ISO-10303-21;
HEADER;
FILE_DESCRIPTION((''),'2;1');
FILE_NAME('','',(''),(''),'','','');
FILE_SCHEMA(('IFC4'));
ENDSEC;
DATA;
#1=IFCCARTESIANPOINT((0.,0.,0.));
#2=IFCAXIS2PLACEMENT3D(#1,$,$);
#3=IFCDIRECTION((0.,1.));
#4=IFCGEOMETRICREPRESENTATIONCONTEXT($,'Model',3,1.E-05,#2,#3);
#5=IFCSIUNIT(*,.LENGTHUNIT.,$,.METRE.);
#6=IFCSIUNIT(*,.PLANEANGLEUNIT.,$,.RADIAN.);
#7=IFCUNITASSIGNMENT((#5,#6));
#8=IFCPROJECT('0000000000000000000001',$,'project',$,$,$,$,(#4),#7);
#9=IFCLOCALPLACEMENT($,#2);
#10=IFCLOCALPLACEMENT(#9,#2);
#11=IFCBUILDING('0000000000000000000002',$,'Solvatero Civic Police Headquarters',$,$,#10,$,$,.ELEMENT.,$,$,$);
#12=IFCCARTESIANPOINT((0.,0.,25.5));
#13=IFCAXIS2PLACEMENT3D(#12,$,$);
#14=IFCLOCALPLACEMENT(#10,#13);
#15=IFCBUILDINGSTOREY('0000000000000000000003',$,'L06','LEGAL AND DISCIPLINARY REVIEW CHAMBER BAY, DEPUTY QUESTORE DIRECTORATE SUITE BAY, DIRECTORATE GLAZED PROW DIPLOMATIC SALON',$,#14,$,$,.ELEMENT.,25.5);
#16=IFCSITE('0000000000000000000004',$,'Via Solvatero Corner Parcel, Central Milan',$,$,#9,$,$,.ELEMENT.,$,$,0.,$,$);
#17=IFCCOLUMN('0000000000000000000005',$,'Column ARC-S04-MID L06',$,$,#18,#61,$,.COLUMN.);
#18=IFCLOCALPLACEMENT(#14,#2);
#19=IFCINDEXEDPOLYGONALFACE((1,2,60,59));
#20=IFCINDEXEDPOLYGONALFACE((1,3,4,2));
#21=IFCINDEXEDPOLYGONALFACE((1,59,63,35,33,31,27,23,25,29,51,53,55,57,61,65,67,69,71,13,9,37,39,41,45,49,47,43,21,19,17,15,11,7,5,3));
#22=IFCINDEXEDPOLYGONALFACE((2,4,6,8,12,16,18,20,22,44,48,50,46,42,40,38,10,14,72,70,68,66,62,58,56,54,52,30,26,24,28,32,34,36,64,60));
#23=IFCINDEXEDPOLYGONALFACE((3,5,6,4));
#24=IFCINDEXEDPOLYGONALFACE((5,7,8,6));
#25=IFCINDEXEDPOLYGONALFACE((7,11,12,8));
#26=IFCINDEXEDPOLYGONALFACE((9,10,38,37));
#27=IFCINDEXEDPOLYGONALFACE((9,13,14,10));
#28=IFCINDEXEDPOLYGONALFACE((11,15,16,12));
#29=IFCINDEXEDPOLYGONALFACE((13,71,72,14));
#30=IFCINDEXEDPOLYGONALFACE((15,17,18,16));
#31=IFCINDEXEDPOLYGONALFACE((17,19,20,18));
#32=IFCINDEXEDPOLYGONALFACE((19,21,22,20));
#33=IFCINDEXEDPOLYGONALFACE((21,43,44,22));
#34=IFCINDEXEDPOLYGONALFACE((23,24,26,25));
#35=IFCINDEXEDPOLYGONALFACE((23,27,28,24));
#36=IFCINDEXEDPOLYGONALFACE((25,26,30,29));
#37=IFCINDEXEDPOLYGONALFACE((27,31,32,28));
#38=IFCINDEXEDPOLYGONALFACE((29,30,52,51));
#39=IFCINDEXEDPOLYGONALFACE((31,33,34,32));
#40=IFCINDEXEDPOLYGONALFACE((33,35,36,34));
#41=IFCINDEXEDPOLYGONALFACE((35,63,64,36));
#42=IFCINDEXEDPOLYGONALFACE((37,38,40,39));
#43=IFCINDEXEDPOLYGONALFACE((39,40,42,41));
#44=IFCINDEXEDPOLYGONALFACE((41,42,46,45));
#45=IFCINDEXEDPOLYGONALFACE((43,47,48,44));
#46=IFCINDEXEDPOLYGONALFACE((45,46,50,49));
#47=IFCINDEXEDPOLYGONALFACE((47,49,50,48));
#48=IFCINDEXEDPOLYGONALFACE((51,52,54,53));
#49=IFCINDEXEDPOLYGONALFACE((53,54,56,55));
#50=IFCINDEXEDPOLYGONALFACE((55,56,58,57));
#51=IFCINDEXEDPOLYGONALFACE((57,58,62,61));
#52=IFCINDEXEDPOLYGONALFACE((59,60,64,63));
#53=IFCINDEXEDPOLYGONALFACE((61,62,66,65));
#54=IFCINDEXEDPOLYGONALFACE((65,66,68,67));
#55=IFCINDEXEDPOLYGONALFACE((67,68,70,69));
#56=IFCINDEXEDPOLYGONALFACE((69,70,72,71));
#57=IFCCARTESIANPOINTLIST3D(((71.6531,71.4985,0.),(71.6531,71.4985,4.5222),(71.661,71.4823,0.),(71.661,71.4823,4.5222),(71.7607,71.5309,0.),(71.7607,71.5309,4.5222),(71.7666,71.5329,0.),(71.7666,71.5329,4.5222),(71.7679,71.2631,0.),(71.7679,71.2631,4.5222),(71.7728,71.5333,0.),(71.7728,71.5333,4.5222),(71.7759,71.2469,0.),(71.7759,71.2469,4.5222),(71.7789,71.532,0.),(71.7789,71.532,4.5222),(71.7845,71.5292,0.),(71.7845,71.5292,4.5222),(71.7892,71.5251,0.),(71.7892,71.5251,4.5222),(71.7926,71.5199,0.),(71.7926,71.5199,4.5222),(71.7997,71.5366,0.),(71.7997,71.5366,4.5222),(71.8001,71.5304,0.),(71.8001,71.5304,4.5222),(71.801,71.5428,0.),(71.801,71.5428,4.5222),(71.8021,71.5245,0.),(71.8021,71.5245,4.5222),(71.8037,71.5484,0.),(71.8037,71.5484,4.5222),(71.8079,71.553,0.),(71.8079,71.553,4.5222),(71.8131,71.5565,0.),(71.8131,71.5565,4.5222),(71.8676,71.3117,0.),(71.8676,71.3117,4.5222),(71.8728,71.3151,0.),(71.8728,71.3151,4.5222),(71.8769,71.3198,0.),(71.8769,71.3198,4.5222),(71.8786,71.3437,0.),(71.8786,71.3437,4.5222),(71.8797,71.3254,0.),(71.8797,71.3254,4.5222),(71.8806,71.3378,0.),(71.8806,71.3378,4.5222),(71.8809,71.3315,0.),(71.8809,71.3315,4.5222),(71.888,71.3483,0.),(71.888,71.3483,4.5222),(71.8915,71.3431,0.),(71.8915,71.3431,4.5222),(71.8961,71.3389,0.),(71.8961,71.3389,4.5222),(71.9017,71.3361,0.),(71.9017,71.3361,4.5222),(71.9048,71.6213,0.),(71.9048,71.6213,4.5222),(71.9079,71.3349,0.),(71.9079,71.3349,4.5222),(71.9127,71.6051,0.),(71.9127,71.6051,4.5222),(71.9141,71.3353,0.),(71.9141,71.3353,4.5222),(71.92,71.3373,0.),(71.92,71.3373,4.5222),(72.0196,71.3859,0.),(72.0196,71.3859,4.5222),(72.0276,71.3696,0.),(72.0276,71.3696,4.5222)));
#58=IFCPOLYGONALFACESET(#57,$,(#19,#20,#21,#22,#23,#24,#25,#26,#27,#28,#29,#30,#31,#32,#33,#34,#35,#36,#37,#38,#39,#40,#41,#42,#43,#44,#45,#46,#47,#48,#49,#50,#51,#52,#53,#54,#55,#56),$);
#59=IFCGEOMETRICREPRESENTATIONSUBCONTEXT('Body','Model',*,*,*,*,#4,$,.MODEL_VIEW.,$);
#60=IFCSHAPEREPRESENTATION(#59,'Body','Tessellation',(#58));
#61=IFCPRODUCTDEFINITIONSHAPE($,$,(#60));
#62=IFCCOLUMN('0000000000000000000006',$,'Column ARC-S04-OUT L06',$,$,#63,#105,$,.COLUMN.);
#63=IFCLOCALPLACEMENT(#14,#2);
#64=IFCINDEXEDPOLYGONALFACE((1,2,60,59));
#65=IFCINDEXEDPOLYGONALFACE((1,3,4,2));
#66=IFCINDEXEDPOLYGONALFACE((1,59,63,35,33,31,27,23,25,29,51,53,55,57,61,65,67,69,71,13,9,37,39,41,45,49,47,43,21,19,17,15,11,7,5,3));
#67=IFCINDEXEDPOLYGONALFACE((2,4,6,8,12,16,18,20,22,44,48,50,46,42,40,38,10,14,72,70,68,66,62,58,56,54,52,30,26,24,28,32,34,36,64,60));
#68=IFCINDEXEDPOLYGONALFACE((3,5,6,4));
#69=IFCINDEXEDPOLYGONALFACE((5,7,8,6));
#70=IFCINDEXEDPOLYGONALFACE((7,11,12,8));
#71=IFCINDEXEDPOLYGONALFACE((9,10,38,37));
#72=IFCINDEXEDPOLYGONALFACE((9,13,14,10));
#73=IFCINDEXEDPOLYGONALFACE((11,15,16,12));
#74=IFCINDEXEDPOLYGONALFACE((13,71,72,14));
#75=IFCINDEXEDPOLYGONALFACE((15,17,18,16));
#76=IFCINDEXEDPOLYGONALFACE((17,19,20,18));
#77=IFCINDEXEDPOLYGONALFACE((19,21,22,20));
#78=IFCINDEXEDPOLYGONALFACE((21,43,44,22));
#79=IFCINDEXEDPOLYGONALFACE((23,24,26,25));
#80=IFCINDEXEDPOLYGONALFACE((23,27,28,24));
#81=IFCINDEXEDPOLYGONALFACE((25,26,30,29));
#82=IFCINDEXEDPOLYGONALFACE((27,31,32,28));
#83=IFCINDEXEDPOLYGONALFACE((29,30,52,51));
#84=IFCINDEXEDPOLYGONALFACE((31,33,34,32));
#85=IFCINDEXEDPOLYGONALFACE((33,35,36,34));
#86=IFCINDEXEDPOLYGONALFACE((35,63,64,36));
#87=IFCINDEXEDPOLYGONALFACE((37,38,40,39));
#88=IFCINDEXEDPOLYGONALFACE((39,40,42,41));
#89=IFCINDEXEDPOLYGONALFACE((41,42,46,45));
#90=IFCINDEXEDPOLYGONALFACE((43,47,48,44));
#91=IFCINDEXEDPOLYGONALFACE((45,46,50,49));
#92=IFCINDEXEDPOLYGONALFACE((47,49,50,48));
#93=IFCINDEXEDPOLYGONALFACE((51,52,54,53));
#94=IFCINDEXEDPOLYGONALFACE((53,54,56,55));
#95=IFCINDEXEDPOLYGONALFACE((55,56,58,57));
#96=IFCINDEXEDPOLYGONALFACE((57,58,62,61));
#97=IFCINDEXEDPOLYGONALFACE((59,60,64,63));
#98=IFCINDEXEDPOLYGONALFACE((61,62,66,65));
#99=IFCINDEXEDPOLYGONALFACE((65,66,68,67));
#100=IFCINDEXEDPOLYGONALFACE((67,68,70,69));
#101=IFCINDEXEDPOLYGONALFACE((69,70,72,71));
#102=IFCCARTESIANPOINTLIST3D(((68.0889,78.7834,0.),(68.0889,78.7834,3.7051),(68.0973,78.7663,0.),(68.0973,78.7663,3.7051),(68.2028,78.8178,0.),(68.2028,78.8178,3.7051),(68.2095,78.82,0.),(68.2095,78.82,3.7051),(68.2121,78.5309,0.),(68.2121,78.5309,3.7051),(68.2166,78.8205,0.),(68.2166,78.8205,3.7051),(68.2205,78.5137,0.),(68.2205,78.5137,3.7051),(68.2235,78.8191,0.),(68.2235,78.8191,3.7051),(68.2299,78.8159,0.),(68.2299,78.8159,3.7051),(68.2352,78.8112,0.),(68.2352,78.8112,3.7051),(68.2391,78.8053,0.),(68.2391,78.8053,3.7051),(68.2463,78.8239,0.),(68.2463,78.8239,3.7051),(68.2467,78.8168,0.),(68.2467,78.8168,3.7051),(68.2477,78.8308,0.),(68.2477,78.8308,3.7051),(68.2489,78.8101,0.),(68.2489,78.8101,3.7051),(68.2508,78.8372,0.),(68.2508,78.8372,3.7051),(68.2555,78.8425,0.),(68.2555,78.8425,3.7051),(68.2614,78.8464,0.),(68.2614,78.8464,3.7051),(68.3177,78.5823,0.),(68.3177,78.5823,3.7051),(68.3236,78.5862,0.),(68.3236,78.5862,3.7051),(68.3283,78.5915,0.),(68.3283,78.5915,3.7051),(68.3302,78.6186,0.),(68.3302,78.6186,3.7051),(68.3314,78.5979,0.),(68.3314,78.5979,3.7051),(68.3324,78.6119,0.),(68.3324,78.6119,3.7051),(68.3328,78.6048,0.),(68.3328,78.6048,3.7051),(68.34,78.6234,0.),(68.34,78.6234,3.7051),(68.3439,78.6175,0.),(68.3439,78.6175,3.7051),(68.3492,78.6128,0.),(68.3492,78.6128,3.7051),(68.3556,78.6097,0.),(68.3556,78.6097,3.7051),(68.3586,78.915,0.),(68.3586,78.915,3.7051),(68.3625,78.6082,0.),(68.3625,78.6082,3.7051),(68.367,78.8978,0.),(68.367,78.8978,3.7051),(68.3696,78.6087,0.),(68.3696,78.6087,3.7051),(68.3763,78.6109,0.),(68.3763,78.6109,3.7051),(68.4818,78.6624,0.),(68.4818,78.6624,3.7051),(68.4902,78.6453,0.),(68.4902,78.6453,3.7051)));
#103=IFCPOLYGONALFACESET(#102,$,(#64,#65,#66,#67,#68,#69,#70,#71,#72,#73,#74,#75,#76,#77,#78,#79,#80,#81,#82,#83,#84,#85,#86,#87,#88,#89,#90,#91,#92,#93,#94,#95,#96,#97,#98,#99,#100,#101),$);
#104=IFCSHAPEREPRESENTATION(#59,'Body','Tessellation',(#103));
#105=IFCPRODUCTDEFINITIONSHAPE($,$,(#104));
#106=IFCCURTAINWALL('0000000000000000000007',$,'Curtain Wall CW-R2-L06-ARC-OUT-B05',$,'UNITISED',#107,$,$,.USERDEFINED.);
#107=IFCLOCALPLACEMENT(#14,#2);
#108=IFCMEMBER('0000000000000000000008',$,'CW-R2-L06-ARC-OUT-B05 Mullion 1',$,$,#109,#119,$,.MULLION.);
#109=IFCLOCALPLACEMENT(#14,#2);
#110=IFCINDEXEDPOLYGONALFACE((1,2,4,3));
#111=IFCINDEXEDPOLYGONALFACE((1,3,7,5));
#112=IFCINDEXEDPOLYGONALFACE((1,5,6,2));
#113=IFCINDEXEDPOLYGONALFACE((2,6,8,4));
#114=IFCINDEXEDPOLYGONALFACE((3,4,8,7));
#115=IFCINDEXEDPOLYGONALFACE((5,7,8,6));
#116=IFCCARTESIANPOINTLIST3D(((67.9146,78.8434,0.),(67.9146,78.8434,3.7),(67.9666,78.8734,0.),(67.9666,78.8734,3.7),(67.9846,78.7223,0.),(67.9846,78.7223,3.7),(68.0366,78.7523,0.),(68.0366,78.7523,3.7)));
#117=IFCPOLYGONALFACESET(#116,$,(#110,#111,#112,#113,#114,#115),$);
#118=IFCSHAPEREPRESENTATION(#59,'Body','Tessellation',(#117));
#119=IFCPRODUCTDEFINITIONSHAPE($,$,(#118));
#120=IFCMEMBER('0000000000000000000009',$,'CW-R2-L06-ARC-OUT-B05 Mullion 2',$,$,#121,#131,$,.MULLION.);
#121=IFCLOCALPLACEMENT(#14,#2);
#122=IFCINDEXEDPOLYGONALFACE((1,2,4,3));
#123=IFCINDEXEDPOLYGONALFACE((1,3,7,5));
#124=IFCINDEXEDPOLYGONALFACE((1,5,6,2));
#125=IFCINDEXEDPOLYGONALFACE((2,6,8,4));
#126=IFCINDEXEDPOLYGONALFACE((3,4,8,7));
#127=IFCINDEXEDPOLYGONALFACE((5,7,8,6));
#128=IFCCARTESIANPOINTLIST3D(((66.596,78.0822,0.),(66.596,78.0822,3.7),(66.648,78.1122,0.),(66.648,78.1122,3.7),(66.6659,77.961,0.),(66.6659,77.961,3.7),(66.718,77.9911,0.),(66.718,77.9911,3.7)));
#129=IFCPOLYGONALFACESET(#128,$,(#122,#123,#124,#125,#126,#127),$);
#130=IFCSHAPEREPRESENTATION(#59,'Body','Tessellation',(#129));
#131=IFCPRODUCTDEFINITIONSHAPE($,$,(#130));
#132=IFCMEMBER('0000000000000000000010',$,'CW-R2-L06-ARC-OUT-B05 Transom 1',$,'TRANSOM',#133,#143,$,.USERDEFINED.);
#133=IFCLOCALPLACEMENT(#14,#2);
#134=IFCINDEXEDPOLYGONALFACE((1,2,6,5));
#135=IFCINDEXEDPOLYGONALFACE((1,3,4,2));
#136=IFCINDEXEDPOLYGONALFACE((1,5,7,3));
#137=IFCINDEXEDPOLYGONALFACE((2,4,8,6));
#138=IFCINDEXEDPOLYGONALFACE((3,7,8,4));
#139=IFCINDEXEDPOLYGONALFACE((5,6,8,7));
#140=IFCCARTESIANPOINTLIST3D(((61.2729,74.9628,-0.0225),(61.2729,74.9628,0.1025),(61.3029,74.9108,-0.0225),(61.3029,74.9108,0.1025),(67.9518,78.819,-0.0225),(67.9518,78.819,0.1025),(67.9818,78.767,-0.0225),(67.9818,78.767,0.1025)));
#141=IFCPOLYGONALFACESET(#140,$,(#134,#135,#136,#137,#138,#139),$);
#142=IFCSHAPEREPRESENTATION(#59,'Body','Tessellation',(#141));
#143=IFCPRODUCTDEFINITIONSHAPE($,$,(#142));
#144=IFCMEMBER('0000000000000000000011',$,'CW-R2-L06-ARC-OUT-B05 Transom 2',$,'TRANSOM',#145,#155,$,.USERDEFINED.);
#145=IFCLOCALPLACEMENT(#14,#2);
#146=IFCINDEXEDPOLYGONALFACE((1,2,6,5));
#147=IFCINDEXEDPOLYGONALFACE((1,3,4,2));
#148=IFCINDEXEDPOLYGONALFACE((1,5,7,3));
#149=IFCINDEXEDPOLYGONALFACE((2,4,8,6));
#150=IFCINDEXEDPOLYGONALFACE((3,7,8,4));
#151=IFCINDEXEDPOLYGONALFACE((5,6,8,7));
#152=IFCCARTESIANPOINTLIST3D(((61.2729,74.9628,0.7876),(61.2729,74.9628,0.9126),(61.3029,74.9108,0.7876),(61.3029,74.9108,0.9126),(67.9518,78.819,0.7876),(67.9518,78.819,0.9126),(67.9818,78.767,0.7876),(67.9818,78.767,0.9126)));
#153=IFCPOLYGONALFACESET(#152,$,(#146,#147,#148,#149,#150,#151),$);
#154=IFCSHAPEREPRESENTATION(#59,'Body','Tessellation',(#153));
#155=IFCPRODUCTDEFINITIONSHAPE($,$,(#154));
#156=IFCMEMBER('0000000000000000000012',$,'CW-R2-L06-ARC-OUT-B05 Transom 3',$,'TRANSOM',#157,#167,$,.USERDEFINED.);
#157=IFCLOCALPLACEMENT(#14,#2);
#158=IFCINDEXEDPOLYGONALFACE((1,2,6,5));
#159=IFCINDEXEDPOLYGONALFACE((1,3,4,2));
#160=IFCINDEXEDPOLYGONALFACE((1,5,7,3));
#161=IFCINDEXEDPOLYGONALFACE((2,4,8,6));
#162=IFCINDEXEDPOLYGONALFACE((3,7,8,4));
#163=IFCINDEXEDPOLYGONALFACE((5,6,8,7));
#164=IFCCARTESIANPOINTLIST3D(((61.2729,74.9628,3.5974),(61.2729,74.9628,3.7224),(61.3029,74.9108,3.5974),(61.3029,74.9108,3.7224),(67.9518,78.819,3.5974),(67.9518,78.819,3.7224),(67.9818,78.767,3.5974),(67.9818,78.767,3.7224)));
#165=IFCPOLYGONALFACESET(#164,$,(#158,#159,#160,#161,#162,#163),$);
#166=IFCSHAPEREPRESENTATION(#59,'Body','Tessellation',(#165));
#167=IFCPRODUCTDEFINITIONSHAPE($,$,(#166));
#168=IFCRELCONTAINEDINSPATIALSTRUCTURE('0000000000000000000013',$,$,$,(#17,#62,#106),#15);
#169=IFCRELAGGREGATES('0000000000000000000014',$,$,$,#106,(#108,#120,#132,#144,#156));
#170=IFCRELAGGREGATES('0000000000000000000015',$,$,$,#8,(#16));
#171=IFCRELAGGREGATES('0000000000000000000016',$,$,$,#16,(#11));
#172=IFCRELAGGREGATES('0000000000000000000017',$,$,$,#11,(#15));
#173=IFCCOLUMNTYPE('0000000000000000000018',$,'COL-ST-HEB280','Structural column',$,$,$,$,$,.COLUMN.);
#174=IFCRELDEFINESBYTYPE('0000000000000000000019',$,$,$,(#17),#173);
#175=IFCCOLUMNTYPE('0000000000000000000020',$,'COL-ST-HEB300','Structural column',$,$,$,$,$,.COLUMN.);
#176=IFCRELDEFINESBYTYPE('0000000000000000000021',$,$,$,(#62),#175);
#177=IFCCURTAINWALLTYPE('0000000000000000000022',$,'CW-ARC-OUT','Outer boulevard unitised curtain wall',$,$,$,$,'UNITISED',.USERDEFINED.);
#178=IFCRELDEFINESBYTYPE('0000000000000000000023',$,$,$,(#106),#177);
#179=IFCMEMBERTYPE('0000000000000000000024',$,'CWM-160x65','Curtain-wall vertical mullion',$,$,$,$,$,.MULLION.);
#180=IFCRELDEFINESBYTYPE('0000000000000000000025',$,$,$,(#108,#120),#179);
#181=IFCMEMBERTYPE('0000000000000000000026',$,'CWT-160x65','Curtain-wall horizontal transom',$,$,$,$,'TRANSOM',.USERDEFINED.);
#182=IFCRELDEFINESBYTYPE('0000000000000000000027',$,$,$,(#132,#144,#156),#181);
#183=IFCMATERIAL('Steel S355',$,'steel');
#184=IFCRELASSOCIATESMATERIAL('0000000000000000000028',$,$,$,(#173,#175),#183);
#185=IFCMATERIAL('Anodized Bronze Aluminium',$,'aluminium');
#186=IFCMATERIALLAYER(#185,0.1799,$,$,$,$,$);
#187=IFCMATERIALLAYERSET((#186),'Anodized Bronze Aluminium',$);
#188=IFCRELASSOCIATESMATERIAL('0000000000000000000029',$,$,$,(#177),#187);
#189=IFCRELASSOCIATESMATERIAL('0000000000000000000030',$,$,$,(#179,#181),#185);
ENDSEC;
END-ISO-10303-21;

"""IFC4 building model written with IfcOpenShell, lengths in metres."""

from ifc_helpers import new_model, si_unit, direction, frame, origin, origin_2d, place, context, subcontext, project, spatial, rectangle, i_section, extrude, material, layer, layer_set, material_profile, profile_set, type_object, element, aggregate, save


model = new_model("IFC4")

# Units and contexts
model_context = context("Model", 3, precision=1e-05, world=origin(), true_north=direction((0.0, 1.0)))
body_context = subcontext(model_context, "Body", "Model", "MODEL_VIEW")
ifc_project = project(units=[si_unit("LENGTHUNIT", "METRE"), si_unit("PLANEANGLEUNIT", "RADIAN")], contexts=[model_context])

# Site, building, storey
site_placement = place(None, origin())
site = spatial("IfcSite", under=ifc_project, at=site_placement, Name="Via Solvatero Corner Parcel, Central Milan", CompositionType="ELEMENT", RefElevation=0.0)
building_placement = place(site_placement, origin())
building = spatial("IfcBuilding", under=site, at=building_placement, Name="Solvatero Civic Police Headquarters", CompositionType="ELEMENT")
storey_placement = place(building_placement, frame((0.0, 0.0, 25.5)))
storey = spatial("IfcBuildingStorey", under=building, at=storey_placement, Name="L06", Description="LEGAL AND DISCIPLINARY REVIEW CHAMBER BAY, DEPUTY QUESTORE DIRECTORATE SUITE BAY, DIRECTORATE GLAZED PROW DIPLOMATIC SALON", CompositionType="ELEMENT", Elevation=25.5)

# Columns
ifc_material_1 = material(Name="Steel S355", Category="steel")
ifc_material_profile_1 = material_profile(ifc_material_1, i_section(OverallWidth=0.28, OverallDepth=0.28, WebThickness=0.0105, FlangeThickness=0.0181, FilletRadius=0.0239, at=origin_2d()), Name="HEB 280")
ifc_profile_set_1 = profile_set([ifc_material_profile_1], Name="Steel S355")
column_type_1 = type_object("IfcColumnType", Name="COL-ST-HEB280", Description="Structural column", PredefinedType="COLUMN", material=ifc_profile_set_1)
column_1_placement = place(storey_placement, frame((71.8403, 71.4341, 0.0), z_axis=(0.0, 0.0, 1.0), x_axis=(0.898794, 0.438371, 0.0)))
element("IfcColumn", 1, at=column_1_placement, inside=storey, type_object=column_type_1, Name="Column ARC-S04-MID L06", PredefinedType="COLUMN", context=body_context, shape_type="SweptSolid", body=[
    extrude(i_section(OverallWidth=0.28, OverallDepth=0.28, WebThickness=0.0105, FlangeThickness=0.0181, FilletRadius=0.0239, at=origin_2d()), origin(), (0.0, 0.0, 1.0), 4.5222),
])
ifc_material_profile_2 = material_profile(ifc_material_1, i_section(OverallWidth=0.3, OverallDepth=0.3, WebThickness=0.011, FlangeThickness=0.019, FilletRadius=0.0271, at=origin_2d()), Name="HEB 300")
ifc_profile_set_2 = profile_set([ifc_material_profile_2], Name="Steel S355")
column_type_2 = type_object("IfcColumnType", Name="COL-ST-HEB300", Description="Structural column", PredefinedType="COLUMN", material=ifc_profile_set_2)
column_2_placement = place(storey_placement, frame((68.2896, 78.7144, 0.0), z_axis=(0.0, 0.0, 1.0), x_axis=(0.898794, 0.438371, 0.0)))
element("IfcColumn", 2, at=column_2_placement, inside=storey, type_object=column_type_2, Name="Column ARC-S04-OUT L06", PredefinedType="COLUMN", context=body_context, shape_type="SweptSolid", body=[
    extrude(i_section(OverallWidth=0.3, OverallDepth=0.3, WebThickness=0.011, FlangeThickness=0.019, FilletRadius=0.0271, at=origin_2d()), origin(), (0.0, 0.0, 1.0), 3.7051),
])

# Curtain wall, members
ifc_material_2 = material(Name="Anodized Bronze Aluminium", Category="aluminium")
ifc_layer_1 = layer(ifc_material_2, 0.1799)
ifc_layer_set_1 = layer_set([ifc_layer_1], Name="Anodized Bronze Aluminium")
curtain_wall_type = type_object("IfcCurtainWallType", Name="CW-ARC-OUT", Description="Outer boulevard unitised curtain wall", ElementType="UNITISED", PredefinedType="USERDEFINED", material=ifc_layer_set_1)
curtain_wall_placement = place(storey_placement, origin())
curtain_wall = element("IfcCurtainWall", 3, at=curtain_wall_placement, inside=storey, type_object=curtain_wall_type, Name="Curtain Wall CW-R2-L06-ARC-OUT-B05", ObjectType="UNITISED", PredefinedType="USERDEFINED")
ifc_material_profile_3 = material_profile(ifc_material_2, rectangle(XDim=0.0601, YDim=0.1399, at=origin_2d()), Name="ALU MULLION 60x140")
ifc_profile_set_3 = profile_set([ifc_material_profile_3], Name="Anodized Bronze Aluminium")
member_type_1 = type_object("IfcMemberType", Name="CWM-160x65", Description="Curtain-wall vertical mullion", PredefinedType="MULLION", material=ifc_profile_set_3)
member_1_placement = place(storey_placement, frame((67.9756, 78.7979, 0.0), z_axis=(0.0, 0.0, 1.0), x_axis=(-0.866025, -0.5, 0.0)))
member_1 = element("IfcMember", 4, at=member_1_placement, type_object=member_type_1, Name="CW-R2-L06-ARC-OUT-B05 Mullion 1", PredefinedType="MULLION", context=body_context, shape_type="SweptSolid", body=[
    extrude(rectangle(XDim=0.0601, YDim=0.1399, at=origin_2d()), origin(), (0.0, 0.0, 1.0), 3.7),
])
member_2_placement = place(storey_placement, frame((66.657, 78.0366, 0.0), z_axis=(0.0, 0.0, 1.0), x_axis=(-0.866025, -0.5, 0.0)))
member_2 = element("IfcMember", 5, at=member_2_placement, type_object=member_type_1, Name="CW-R2-L06-ARC-OUT-B05 Mullion 2", PredefinedType="MULLION", context=body_context, shape_type="SweptSolid", body=[
    extrude(rectangle(XDim=0.0601, YDim=0.1399, at=origin_2d()), origin(), (0.0, 0.0, 1.0), 3.7),
])
ifc_material_profile_4 = material_profile(ifc_material_2, rectangle(XDim=0.0601, YDim=0.125, at=origin_2d()), Name="ALU TRANSOM 60x125")
ifc_profile_set_4 = profile_set([ifc_material_profile_4], Name="Anodized Bronze Aluminium")
member_type_2 = type_object("IfcMemberType", Name="CWT-160x65", Description="Curtain-wall horizontal transom", ElementType="TRANSOM", PredefinedType="USERDEFINED", material=ifc_profile_set_4)
member_3_placement = place(storey_placement, frame((67.9668, 78.793, 0.04), z_axis=(-0.86602, -0.50001, 0.0), x_axis=(0.50001, -0.86602, 0.0)))
member_3 = element("IfcMember", 6, at=member_3_placement, type_object=member_type_2, Name="CW-R2-L06-ARC-OUT-B05 Transom 1", ObjectType="TRANSOM", PredefinedType="USERDEFINED", context=body_context, shape_type="SweptSolid", body=[
    extrude(rectangle(XDim=0.0601, YDim=0.125, at=origin_2d()), origin(), (0.0, 0.0, 1.0), 7.7122),
])
member_4_placement = place(storey_placement, frame((67.9668, 78.793, 0.8501), z_axis=(-0.86602, -0.50001, 0.0), x_axis=(0.50001, -0.86602, 0.0)))
member_4 = element("IfcMember", 7, at=member_4_placement, type_object=member_type_2, Name="CW-R2-L06-ARC-OUT-B05 Transom 2", ObjectType="TRANSOM", PredefinedType="USERDEFINED", context=body_context, shape_type="SweptSolid", body=[
    extrude(rectangle(XDim=0.0601, YDim=0.125, at=origin_2d()), origin(), (0.0, 0.0, 1.0), 7.7122),
])
member_5_placement = place(storey_placement, frame((67.9668, 78.793, 3.6599), z_axis=(-0.86602, -0.50001, 0.0), x_axis=(0.50001, -0.86602, 0.0)))
member_5 = element("IfcMember", 8, at=member_5_placement, type_object=member_type_2, Name="CW-R2-L06-ARC-OUT-B05 Transom 3", ObjectType="TRANSOM", PredefinedType="USERDEFINED", context=body_context, shape_type="SweptSolid", body=[
    extrude(rectangle(XDim=0.0601, YDim=0.125, at=origin_2d()), origin(), (0.0, 0.0, 1.0), 7.7122),
])

aggregate(curtain_wall, [member_1, member_2, member_3, member_4, member_5])

save(model, "model.ifc")
